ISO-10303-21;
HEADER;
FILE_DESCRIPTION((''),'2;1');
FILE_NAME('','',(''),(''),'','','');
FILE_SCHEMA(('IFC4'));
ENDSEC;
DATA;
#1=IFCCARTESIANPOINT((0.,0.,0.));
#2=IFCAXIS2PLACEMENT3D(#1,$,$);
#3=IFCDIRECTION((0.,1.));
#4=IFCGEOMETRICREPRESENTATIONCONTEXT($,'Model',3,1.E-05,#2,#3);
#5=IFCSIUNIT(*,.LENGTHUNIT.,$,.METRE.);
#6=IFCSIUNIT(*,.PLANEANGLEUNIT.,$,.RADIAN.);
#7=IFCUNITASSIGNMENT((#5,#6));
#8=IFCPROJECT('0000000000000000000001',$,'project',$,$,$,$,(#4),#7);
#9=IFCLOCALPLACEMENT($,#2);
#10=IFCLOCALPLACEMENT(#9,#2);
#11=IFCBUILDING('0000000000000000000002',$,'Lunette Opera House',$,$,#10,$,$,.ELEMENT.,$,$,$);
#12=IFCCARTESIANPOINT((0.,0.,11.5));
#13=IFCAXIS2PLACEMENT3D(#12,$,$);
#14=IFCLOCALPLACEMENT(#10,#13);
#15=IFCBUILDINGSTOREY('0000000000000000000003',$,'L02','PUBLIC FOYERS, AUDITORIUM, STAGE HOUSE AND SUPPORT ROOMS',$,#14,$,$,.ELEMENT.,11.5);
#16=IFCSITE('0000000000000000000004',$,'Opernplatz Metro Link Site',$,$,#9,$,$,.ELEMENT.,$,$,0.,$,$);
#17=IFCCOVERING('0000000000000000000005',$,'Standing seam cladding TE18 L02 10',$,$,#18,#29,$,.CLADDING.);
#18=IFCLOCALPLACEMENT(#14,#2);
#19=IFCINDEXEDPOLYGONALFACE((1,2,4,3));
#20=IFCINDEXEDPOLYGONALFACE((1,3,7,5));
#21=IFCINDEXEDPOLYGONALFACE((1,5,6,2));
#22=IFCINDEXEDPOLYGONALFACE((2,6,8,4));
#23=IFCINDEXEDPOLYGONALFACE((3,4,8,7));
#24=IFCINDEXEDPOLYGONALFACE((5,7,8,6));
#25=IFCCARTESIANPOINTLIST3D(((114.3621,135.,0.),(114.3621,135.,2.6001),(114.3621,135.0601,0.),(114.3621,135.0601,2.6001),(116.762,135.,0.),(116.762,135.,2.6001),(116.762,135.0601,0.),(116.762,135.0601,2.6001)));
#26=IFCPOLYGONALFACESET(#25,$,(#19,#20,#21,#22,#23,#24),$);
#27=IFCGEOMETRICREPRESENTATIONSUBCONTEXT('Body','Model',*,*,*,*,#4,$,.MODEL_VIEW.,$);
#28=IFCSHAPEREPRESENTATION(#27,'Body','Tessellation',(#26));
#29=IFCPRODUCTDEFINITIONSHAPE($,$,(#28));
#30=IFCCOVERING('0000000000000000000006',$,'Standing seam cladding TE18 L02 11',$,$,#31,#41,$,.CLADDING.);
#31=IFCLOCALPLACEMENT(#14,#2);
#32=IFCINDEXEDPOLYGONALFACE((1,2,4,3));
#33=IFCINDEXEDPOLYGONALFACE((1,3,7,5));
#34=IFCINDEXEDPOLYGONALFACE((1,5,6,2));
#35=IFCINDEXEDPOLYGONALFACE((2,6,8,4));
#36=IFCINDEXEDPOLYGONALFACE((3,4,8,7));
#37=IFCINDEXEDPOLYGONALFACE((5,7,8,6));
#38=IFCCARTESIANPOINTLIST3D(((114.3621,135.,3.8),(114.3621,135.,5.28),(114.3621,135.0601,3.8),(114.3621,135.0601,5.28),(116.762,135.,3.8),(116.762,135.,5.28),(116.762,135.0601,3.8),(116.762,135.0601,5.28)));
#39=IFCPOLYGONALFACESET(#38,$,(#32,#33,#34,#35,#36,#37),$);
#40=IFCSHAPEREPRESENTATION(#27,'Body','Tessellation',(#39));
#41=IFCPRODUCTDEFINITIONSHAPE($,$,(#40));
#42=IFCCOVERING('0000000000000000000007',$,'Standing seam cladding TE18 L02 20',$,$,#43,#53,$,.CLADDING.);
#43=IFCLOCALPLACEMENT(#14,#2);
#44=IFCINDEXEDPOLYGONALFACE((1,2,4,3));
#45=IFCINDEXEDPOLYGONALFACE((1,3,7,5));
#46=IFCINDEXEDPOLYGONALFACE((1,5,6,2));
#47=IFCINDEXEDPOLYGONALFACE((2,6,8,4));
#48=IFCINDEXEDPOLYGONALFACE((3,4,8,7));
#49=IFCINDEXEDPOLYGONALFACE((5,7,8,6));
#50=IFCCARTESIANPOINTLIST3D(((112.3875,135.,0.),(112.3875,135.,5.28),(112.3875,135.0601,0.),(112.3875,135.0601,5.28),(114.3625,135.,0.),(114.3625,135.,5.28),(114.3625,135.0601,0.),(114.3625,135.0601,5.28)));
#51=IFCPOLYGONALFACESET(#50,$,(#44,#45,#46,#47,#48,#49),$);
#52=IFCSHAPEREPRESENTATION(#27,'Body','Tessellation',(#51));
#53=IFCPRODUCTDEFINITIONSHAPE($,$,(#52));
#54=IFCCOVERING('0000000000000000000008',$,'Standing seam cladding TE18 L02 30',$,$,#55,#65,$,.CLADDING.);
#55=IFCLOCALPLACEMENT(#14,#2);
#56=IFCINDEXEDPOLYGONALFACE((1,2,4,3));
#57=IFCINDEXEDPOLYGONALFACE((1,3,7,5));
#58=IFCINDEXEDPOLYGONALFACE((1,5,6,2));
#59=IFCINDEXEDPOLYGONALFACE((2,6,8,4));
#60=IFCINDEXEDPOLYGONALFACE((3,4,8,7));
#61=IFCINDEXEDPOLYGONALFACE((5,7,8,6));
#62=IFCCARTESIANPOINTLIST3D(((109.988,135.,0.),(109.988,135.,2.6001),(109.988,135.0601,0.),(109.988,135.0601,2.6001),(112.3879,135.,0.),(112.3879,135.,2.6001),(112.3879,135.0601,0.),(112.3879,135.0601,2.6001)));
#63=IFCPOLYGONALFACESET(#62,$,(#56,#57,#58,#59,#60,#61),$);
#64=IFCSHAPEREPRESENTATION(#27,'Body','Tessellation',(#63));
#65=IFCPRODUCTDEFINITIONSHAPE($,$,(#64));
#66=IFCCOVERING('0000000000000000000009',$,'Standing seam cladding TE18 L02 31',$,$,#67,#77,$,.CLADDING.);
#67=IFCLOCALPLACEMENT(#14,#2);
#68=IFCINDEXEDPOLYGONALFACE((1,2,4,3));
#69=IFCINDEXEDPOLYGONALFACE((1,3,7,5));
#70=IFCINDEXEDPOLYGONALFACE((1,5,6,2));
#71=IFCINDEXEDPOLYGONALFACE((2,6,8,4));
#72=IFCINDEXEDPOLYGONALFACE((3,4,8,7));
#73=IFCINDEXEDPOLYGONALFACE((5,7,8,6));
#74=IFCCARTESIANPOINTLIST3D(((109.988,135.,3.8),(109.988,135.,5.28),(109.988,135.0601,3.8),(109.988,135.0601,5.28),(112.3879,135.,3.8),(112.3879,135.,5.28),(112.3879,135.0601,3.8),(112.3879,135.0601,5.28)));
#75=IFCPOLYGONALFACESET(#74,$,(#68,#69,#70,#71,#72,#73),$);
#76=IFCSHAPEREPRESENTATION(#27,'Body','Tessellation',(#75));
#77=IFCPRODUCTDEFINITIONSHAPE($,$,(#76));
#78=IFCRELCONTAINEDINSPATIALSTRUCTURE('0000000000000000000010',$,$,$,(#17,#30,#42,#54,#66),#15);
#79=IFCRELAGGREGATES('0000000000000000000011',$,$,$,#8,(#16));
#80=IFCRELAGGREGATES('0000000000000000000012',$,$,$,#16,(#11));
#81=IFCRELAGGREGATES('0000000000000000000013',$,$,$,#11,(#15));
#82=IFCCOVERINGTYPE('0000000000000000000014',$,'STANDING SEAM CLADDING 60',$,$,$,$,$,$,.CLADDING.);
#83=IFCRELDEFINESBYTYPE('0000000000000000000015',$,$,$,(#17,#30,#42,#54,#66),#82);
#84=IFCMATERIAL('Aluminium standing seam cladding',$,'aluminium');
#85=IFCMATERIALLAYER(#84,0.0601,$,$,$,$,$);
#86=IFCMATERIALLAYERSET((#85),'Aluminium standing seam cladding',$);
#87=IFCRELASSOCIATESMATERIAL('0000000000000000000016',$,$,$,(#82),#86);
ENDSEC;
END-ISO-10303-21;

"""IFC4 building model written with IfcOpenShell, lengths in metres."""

from ifc_helpers import new_model, si_unit, direction, frame, origin, origin_2d, place, context, subcontext, project, spatial, rectangle, extrude, material, layer, layer_set, type_object, element, save


model = new_model("IFC4")

# Units and contexts
model_context = context("Model", 3, precision=1e-05, world=origin(), true_north=direction((0.0, 1.0)))
body_context = subcontext(model_context, "Body", "Model", "MODEL_VIEW")
ifc_project = project(units=[si_unit("LENGTHUNIT", "METRE"), si_unit("PLANEANGLEUNIT", "RADIAN")], contexts=[model_context])

# Site, building, storey
site_placement = place(None, origin())
site = spatial("IfcSite", under=ifc_project, at=site_placement, Name="Opernplatz Metro Link Site", CompositionType="ELEMENT", RefElevation=0.0)
building_placement = place(site_placement, origin())
building = spatial("IfcBuilding", under=site, at=building_placement, Name="Lunette Opera House", CompositionType="ELEMENT")
storey_placement = place(building_placement, frame((0.0, 0.0, 11.5)))
storey = spatial("IfcBuildingStorey", under=building, at=storey_placement, Name="L02", Description="PUBLIC FOYERS, AUDITORIUM, STAGE HOUSE AND SUPPORT ROOMS", CompositionType="ELEMENT", Elevation=11.5)

# Coverings
ifc_material_1 = material(Name="Aluminium standing seam cladding", Category="aluminium")
ifc_layer_1 = layer(ifc_material_1, 0.0601)
ifc_layer_set_1 = layer_set([ifc_layer_1], Name="Aluminium standing seam cladding")
covering_type = type_object("IfcCoveringType", Name="STANDING SEAM CLADDING 60", PredefinedType="CLADDING", material=ifc_layer_set_1)
covering_1_placement = place(storey_placement, frame((115.562, 135.03, 0.0), z_axis=(0.0, 0.0, 1.0), x_axis=(-1.0, 0.0, 0.0)))
element("IfcCovering", 1, at=covering_1_placement, inside=storey, type_object=covering_type, Name="Standing seam cladding TE18 L02 10", PredefinedType="CLADDING", context=body_context, shape_type="SweptSolid", body=[
    extrude(rectangle(XDim=2.3999, YDim=0.0601, at=origin_2d()), origin(), (0.0, 0.0, 1.0), 2.6001),
])
covering_2_placement = place(storey_placement, frame((115.562, 135.03, 3.8), z_axis=(0.0, 0.0, 1.0), x_axis=(-1.0, 0.0, 0.0)))
element("IfcCovering", 2, at=covering_2_placement, inside=storey, type_object=covering_type, Name="Standing seam cladding TE18 L02 11", PredefinedType="CLADDING", context=body_context, shape_type="SweptSolid", body=[
    extrude(rectangle(XDim=2.3999, YDim=0.0601, at=origin_2d()), origin(), (0.0, 0.0, 1.0), 1.48),
])
covering_3_placement = place(storey_placement, frame((113.375, 135.03, 0.0), z_axis=(0.0, 0.0, 1.0), x_axis=(-1.0, 0.0, 0.0)))
element("IfcCovering", 3, at=covering_3_placement, inside=storey, type_object=covering_type, Name="Standing seam cladding TE18 L02 20", PredefinedType="CLADDING", context=body_context, shape_type="SweptSolid", body=[
    extrude(rectangle(XDim=1.9751, YDim=0.0601, at=origin_2d()), origin(), (0.0, 0.0, 1.0), 5.28),
])
covering_4_placement = place(storey_placement, frame((111.188, 135.03, 0.0), z_axis=(0.0, 0.0, 1.0), x_axis=(-1.0, 0.0, 0.0)))
element("IfcCovering", 4, at=covering_4_placement, inside=storey, type_object=covering_type, Name="Standing seam cladding TE18 L02 30", PredefinedType="CLADDING", context=body_context, shape_type="SweptSolid", body=[
    extrude(rectangle(XDim=2.3999, YDim=0.0601, at=origin_2d()), origin(), (0.0, 0.0, 1.0), 2.6001),
])
covering_5_placement = place(storey_placement, frame((111.188, 135.03, 3.8), z_axis=(0.0, 0.0, 1.0), x_axis=(-1.0, 0.0, 0.0)))
element("IfcCovering", 5, at=covering_5_placement, inside=storey, type_object=covering_type, Name="Standing seam cladding TE18 L02 31", PredefinedType="CLADDING", context=body_context, shape_type="SweptSolid", body=[
    extrude(rectangle(XDim=2.3999, YDim=0.0601, at=origin_2d()), origin(), (0.0, 0.0, 1.0), 1.48),
])

save(model, "model.ifc")
